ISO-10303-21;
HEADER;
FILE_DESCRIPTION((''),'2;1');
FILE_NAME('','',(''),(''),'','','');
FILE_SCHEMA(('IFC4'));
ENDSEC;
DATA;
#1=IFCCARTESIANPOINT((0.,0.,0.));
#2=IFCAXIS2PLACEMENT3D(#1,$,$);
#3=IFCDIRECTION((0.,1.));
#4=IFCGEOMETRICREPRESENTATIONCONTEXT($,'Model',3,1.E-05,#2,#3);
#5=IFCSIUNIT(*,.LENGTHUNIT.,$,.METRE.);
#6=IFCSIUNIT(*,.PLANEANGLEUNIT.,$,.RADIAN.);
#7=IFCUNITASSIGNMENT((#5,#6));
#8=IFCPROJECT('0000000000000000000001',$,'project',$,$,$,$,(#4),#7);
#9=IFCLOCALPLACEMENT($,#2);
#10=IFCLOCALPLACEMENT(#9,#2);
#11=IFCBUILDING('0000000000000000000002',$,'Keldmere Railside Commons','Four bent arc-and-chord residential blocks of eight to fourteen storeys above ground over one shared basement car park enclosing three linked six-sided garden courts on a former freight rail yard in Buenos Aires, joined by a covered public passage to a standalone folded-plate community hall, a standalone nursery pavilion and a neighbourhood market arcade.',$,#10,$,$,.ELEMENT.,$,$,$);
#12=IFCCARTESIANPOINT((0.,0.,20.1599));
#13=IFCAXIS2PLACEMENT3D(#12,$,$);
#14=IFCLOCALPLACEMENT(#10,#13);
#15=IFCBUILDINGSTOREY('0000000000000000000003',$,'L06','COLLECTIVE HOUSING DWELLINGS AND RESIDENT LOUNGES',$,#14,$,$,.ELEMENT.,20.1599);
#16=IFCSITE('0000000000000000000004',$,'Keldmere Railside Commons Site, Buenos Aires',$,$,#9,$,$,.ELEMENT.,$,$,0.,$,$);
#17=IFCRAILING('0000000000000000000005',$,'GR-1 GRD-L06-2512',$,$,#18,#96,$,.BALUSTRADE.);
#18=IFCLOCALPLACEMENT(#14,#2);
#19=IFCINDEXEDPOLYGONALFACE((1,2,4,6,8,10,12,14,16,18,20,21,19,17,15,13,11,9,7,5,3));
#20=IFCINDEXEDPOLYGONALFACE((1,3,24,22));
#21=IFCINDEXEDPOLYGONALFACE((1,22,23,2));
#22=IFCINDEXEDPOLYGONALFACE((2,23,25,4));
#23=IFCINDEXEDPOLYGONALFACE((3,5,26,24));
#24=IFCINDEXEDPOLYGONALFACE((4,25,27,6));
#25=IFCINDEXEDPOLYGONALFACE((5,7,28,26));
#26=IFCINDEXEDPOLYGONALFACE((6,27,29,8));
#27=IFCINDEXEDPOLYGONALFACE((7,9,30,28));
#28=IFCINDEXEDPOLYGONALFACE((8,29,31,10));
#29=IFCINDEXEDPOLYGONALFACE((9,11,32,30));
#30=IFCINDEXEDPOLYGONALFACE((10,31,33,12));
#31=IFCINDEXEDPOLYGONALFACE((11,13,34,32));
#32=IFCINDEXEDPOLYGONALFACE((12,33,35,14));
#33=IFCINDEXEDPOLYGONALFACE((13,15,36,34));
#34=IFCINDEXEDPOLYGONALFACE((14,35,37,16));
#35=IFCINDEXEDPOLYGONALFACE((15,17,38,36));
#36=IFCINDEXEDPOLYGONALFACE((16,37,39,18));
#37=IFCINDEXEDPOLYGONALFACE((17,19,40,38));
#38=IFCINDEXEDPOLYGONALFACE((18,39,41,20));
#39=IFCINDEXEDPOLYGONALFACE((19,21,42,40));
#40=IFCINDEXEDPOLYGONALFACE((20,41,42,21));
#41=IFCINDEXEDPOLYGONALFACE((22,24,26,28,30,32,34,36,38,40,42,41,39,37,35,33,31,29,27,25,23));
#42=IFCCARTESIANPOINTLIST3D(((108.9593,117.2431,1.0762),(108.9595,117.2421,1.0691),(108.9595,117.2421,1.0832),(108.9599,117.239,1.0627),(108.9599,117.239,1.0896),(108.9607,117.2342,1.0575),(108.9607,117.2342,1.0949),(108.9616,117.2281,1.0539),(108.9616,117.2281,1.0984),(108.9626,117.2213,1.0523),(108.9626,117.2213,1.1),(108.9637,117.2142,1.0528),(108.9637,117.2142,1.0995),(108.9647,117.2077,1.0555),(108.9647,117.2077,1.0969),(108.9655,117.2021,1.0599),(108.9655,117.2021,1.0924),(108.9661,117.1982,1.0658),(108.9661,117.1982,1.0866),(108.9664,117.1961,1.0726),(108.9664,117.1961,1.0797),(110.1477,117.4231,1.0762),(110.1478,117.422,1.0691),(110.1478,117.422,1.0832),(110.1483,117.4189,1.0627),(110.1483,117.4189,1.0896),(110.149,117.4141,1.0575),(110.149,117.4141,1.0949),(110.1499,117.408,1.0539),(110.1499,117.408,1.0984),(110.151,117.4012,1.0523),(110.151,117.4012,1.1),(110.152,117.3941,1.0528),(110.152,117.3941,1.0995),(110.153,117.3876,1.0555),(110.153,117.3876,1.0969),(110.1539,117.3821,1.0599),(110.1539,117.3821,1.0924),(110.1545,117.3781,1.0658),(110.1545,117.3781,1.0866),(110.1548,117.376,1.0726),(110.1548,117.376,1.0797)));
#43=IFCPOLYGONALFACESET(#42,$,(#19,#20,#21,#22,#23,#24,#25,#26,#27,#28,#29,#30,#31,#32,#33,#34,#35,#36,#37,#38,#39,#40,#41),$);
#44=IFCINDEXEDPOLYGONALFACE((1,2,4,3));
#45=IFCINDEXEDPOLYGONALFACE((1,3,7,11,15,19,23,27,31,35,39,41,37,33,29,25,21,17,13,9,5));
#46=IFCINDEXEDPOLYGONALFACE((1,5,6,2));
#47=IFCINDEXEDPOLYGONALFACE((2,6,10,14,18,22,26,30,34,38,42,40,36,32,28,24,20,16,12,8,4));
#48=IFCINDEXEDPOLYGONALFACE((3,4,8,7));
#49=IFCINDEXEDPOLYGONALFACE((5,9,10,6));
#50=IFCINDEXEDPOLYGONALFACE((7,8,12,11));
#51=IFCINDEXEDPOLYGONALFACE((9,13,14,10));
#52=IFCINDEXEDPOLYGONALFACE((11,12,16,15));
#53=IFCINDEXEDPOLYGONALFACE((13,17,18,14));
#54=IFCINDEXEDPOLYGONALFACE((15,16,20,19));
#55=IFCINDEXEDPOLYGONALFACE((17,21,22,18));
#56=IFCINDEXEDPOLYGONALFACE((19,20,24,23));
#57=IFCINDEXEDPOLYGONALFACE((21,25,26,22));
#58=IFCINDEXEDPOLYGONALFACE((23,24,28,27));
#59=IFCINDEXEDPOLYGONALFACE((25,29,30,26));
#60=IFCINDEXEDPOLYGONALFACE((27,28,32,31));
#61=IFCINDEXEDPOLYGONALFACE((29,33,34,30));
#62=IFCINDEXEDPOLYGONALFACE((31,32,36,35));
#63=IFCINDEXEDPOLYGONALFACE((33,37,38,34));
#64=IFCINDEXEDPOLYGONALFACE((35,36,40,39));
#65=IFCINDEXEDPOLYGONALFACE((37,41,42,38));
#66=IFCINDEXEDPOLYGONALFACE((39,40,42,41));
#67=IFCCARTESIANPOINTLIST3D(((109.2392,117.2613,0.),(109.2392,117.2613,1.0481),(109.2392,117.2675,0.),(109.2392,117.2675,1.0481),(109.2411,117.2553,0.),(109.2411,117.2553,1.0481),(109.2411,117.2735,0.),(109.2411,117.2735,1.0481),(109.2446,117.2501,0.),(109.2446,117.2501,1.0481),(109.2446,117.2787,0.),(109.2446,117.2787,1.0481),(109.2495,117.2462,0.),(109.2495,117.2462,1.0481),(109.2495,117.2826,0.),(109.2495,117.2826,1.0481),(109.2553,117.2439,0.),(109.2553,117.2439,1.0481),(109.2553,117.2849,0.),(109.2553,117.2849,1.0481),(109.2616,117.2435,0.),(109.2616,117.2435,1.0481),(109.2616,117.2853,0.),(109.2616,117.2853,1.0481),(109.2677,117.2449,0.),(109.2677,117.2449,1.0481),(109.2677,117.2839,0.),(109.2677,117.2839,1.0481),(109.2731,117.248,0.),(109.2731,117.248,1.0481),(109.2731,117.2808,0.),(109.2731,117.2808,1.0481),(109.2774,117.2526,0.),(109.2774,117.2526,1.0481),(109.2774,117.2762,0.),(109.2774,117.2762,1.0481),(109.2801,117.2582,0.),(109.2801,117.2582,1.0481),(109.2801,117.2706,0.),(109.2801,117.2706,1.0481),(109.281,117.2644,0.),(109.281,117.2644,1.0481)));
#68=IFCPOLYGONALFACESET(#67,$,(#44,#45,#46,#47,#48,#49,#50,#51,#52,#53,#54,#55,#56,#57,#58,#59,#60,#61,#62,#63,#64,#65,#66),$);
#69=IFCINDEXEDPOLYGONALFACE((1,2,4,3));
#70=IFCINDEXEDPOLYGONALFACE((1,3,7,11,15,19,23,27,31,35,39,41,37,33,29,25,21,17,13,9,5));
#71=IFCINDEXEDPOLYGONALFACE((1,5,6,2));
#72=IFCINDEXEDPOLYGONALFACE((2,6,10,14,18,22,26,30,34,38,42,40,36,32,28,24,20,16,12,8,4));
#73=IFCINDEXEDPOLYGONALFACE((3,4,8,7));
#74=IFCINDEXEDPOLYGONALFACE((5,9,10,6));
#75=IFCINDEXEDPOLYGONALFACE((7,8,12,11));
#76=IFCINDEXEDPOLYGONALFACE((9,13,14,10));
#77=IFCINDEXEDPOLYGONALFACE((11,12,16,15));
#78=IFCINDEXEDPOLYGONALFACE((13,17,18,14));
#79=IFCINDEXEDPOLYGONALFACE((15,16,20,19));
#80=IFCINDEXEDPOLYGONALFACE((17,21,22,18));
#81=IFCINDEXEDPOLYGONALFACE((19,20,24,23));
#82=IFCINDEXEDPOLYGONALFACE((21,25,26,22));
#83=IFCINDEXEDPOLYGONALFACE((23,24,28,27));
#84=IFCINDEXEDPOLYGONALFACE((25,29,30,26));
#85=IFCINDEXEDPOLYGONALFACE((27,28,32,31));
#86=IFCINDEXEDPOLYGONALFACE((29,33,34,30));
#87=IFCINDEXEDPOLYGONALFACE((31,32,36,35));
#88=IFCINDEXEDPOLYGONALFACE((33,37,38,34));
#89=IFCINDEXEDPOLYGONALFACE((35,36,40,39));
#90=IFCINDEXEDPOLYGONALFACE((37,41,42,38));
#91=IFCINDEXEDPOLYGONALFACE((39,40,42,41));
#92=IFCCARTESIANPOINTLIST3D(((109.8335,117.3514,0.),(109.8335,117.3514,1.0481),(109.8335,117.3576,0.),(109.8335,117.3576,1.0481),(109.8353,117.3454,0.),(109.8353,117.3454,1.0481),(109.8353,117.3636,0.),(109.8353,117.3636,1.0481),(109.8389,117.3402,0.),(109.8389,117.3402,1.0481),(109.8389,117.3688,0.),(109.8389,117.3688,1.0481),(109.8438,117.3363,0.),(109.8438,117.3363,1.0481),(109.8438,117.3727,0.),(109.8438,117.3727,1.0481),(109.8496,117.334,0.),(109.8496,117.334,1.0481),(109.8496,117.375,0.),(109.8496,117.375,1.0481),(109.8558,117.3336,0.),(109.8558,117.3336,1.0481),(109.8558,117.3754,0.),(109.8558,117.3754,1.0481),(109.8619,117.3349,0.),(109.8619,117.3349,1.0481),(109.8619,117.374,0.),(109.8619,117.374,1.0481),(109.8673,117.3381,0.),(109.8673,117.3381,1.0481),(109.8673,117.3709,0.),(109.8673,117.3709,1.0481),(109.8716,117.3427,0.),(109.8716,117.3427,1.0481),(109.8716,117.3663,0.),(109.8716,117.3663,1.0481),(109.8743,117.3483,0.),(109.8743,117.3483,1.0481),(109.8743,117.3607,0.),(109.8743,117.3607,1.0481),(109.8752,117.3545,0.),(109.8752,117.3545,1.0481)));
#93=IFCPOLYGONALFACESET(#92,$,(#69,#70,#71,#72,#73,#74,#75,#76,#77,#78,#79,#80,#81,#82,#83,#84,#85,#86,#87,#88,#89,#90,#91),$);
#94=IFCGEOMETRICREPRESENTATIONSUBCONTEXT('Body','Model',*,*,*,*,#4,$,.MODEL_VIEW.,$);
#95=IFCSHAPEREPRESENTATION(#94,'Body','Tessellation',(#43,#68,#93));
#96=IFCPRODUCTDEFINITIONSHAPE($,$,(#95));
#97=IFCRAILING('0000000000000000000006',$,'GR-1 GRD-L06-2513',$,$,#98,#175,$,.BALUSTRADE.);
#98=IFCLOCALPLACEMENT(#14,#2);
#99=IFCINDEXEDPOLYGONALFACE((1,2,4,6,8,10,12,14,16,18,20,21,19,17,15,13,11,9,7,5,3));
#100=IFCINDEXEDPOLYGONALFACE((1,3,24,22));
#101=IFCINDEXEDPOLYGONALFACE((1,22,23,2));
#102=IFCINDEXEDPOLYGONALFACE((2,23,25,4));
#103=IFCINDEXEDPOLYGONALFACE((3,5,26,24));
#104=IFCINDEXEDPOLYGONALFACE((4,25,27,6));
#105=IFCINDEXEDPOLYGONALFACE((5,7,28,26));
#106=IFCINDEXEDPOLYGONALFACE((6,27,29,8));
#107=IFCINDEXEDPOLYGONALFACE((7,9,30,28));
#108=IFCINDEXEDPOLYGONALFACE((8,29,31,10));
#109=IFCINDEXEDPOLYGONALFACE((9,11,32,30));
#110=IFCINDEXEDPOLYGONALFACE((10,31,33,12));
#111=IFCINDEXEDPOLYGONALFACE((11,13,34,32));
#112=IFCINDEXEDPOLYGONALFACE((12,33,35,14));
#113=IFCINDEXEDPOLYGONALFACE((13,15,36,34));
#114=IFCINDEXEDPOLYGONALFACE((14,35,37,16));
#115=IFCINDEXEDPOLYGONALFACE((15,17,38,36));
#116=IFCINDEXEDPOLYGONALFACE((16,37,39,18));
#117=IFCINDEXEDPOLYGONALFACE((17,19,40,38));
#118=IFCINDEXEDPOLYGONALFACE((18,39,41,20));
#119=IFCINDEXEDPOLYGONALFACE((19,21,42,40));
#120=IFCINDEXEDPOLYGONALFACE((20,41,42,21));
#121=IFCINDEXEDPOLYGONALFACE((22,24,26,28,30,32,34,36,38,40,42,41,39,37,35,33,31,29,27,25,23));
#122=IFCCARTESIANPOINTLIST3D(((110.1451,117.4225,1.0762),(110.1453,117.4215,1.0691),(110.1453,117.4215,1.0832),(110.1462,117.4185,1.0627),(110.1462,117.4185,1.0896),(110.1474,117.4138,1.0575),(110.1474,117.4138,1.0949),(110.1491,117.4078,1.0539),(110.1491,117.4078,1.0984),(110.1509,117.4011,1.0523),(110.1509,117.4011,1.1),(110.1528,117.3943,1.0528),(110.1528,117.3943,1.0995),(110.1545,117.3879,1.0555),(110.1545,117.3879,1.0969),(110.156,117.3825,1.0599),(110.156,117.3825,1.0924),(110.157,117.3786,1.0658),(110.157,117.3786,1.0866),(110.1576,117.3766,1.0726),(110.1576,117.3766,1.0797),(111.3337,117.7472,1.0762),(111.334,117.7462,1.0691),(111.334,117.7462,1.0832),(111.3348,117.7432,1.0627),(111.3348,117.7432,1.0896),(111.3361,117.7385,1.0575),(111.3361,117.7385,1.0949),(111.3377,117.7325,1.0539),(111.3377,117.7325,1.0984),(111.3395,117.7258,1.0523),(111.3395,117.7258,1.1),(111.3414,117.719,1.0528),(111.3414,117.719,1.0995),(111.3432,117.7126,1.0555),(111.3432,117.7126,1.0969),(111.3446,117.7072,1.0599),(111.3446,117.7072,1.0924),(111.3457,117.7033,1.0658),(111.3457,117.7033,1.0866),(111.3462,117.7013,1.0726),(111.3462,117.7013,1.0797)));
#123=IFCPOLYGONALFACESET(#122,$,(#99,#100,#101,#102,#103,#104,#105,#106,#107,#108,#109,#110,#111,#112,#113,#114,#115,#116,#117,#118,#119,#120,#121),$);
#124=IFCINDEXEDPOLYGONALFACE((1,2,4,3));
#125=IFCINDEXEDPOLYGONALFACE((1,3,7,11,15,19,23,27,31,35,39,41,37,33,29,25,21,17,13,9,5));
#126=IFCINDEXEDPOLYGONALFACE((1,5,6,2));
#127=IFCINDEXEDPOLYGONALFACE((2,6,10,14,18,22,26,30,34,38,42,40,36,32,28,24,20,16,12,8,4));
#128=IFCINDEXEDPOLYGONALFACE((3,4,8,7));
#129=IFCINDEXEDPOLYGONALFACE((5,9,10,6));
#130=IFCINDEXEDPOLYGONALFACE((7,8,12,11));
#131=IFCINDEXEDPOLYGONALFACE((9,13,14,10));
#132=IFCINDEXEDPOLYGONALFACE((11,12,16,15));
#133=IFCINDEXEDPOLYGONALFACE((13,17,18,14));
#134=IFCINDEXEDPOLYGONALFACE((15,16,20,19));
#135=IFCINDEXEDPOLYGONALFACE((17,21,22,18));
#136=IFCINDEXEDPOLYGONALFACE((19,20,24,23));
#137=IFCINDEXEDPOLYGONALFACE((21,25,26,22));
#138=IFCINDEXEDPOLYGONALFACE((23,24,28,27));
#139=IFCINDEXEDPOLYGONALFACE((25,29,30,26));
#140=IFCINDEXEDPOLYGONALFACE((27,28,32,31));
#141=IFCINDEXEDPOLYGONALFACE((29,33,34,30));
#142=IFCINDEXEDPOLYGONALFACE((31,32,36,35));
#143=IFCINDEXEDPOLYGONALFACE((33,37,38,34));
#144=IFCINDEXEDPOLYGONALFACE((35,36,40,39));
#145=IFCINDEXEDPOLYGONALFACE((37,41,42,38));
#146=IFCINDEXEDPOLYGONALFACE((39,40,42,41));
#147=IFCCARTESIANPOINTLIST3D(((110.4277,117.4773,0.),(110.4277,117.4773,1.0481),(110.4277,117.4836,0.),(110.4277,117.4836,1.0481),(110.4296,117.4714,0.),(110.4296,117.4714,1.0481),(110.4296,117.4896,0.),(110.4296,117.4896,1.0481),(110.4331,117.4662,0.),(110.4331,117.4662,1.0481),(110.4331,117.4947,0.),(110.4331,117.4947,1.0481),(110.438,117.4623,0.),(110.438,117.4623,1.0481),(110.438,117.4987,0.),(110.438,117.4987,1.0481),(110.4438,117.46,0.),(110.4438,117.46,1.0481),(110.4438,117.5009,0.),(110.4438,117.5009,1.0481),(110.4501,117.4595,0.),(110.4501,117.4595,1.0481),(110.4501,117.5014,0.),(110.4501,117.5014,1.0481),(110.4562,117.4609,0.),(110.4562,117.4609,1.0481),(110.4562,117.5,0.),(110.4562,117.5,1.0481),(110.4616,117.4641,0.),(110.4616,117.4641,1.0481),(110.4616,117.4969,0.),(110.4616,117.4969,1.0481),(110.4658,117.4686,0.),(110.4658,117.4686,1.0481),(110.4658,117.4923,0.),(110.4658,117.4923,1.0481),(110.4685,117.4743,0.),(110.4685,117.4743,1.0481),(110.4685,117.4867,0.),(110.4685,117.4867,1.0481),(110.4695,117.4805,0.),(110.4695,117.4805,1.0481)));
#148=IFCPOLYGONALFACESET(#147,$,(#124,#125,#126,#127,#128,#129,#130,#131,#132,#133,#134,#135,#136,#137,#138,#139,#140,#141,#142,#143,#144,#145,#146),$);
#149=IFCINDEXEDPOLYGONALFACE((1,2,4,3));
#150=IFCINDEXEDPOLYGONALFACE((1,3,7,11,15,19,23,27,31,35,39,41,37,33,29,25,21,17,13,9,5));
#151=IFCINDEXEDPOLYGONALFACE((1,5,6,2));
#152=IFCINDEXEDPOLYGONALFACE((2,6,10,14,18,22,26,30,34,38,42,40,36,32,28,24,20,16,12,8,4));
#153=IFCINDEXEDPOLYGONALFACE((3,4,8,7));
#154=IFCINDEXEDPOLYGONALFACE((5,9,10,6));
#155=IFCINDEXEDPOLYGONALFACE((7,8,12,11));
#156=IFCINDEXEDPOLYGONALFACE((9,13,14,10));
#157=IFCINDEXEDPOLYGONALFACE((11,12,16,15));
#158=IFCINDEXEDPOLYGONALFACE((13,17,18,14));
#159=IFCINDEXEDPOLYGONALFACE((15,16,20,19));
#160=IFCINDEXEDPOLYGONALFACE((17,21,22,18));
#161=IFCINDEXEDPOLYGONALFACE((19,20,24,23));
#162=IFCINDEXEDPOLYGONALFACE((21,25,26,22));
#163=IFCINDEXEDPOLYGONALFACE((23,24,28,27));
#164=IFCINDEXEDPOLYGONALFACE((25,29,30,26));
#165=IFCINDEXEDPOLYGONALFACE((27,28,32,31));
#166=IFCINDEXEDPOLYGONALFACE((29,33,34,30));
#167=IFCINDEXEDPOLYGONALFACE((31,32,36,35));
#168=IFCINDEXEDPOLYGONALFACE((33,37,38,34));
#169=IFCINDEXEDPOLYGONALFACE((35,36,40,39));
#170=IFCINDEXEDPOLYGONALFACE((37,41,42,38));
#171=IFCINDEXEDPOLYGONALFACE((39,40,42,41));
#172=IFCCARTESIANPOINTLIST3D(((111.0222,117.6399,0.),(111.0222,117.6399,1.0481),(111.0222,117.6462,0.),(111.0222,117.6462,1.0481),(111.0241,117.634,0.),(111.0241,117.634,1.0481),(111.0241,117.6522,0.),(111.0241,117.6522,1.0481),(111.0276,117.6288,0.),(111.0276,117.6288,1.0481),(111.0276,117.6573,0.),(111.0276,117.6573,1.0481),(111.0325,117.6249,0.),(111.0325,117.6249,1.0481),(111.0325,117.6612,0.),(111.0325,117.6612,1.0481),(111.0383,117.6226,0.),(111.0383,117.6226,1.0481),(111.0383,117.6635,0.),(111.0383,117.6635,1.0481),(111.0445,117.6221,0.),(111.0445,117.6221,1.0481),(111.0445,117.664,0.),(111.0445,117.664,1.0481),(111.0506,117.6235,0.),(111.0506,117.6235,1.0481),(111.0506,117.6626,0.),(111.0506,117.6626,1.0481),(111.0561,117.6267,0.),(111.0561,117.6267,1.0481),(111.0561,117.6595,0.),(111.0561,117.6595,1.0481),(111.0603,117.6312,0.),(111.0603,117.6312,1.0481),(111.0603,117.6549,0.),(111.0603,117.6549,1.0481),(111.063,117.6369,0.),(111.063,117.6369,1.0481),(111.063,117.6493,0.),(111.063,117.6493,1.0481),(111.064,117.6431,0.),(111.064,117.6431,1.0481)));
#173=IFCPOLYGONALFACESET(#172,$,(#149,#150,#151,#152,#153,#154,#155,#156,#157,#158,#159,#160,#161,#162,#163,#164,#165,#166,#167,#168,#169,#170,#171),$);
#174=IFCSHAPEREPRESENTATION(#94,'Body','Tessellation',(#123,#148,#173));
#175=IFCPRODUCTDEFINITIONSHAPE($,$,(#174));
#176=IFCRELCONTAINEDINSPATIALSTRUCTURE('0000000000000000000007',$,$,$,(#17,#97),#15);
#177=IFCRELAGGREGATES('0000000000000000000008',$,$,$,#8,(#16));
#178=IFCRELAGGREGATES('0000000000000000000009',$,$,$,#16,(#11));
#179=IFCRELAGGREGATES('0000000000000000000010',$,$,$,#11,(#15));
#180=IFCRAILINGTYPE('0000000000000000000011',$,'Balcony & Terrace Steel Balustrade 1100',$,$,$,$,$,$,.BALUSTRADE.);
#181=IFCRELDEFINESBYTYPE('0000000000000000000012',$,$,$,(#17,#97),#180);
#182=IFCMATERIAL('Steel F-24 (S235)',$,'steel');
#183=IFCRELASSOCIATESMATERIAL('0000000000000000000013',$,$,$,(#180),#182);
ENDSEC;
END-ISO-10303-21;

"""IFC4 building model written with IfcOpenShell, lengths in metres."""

from ifc_helpers import new_model, si_unit, direction, frame, origin, origin_2d, place, context, subcontext, project, spatial, circle, extrude, material, type_object, element, save


model = new_model("IFC4")

# Units and contexts
model_context = context("Model", 3, precision=1e-05, world=origin(), true_north=direction((0.0, 1.0)))
body_context = subcontext(model_context, "Body", "Model", "MODEL_VIEW")
ifc_project = project(units=[si_unit("LENGTHUNIT", "METRE"), si_unit("PLANEANGLEUNIT", "RADIAN")], contexts=[model_context])

# Site, building, storey
site_placement = place(None, origin())
site = spatial("IfcSite", under=ifc_project, at=site_placement, Name="Keldmere Railside Commons Site, Buenos Aires", CompositionType="ELEMENT", RefElevation=0.0)
building_placement = place(site_placement, origin())
building = spatial("IfcBuilding", under=site, at=building_placement, Name="Keldmere Railside Commons", Description="Four bent arc-and-chord residential blocks of eight to fourteen storeys above ground over one shared basement car park enclosing three linked six-sided garden courts on a former freight rail yard in Buenos Aires, joined by a covered public passage to a standalone folded-plate community hall, a standalone nursery pavilion and a neighbourhood market arcade.", CompositionType="ELEMENT")
storey_placement = place(building_placement, frame((0.0, 0.0, 20.1599)))
storey = spatial("IfcBuildingStorey", under=building, at=storey_placement, Name="L06", Description="COLLECTIVE HOUSING DWELLINGS AND RESIDENT LOUNGES", CompositionType="ELEMENT", Elevation=20.1599)

# Railings
ifc_material_1 = material(Name="Steel F-24 (S235)", Category="steel")
railing_type = type_object("IfcRailingType", Name="Balcony & Terrace Steel Balustrade 1100", PredefinedType="BALUSTRADE", material=ifc_material_1)
railing_1_placement = place(storey_placement, frame((108.9629, 117.2195, 0.0)))
element("IfcRailing", 1, at=railing_1_placement, inside=storey, type_object=railing_type, Name="GR-1 GRD-L06-2512", PredefinedType="BALUSTRADE", context=body_context, shape_type="SweptSolid", body=[
    extrude(circle(Radius=0.0239, at=origin_2d()), frame((0.0, 0.0, 1.0762), z_axis=(0.988733, 0.149691, 0.0), x_axis=(-0.149691, 0.988733, 0.0)), (0.0, 0.0, 1.0), 1.2019),
    extrude(circle(Radius=0.021, at=origin_2d()), frame((0.2971, 0.0449, 0.0)), (0.0, 0.0, 1.0), 1.0481),
    extrude(circle(Radius=0.021, at=origin_2d()), frame((0.8914, 0.135, 0.0)), (0.0, 0.0, 1.0), 1.0481),
])
railing_2_placement = place(storey_placement, frame((110.1514, 117.3994, 0.0)))
element("IfcRailing", 2, at=railing_2_placement, inside=storey, type_object=railing_type, Name="GR-1 GRD-L06-2513", PredefinedType="BALUSTRADE", context=body_context, shape_type="SweptSolid", body=[
    extrude(circle(Radius=0.0239, at=origin_2d()), frame((0.0, 0.0, 1.0762), z_axis=(0.964659, 0.263503, 0.0), x_axis=(-0.263503, 0.964659, 0.0)), (0.0, 0.0, 1.0), 1.2322),
    extrude(circle(Radius=0.021, at=origin_2d()), frame((0.2971, 0.0811, 0.0)), (0.0, 0.0, 1.0), 1.0481),
    extrude(circle(Radius=0.021, at=origin_2d()), frame((0.8916, 0.2437, 0.0)), (0.0, 0.0, 1.0), 1.0481),
])

save(model, "model.ifc")
